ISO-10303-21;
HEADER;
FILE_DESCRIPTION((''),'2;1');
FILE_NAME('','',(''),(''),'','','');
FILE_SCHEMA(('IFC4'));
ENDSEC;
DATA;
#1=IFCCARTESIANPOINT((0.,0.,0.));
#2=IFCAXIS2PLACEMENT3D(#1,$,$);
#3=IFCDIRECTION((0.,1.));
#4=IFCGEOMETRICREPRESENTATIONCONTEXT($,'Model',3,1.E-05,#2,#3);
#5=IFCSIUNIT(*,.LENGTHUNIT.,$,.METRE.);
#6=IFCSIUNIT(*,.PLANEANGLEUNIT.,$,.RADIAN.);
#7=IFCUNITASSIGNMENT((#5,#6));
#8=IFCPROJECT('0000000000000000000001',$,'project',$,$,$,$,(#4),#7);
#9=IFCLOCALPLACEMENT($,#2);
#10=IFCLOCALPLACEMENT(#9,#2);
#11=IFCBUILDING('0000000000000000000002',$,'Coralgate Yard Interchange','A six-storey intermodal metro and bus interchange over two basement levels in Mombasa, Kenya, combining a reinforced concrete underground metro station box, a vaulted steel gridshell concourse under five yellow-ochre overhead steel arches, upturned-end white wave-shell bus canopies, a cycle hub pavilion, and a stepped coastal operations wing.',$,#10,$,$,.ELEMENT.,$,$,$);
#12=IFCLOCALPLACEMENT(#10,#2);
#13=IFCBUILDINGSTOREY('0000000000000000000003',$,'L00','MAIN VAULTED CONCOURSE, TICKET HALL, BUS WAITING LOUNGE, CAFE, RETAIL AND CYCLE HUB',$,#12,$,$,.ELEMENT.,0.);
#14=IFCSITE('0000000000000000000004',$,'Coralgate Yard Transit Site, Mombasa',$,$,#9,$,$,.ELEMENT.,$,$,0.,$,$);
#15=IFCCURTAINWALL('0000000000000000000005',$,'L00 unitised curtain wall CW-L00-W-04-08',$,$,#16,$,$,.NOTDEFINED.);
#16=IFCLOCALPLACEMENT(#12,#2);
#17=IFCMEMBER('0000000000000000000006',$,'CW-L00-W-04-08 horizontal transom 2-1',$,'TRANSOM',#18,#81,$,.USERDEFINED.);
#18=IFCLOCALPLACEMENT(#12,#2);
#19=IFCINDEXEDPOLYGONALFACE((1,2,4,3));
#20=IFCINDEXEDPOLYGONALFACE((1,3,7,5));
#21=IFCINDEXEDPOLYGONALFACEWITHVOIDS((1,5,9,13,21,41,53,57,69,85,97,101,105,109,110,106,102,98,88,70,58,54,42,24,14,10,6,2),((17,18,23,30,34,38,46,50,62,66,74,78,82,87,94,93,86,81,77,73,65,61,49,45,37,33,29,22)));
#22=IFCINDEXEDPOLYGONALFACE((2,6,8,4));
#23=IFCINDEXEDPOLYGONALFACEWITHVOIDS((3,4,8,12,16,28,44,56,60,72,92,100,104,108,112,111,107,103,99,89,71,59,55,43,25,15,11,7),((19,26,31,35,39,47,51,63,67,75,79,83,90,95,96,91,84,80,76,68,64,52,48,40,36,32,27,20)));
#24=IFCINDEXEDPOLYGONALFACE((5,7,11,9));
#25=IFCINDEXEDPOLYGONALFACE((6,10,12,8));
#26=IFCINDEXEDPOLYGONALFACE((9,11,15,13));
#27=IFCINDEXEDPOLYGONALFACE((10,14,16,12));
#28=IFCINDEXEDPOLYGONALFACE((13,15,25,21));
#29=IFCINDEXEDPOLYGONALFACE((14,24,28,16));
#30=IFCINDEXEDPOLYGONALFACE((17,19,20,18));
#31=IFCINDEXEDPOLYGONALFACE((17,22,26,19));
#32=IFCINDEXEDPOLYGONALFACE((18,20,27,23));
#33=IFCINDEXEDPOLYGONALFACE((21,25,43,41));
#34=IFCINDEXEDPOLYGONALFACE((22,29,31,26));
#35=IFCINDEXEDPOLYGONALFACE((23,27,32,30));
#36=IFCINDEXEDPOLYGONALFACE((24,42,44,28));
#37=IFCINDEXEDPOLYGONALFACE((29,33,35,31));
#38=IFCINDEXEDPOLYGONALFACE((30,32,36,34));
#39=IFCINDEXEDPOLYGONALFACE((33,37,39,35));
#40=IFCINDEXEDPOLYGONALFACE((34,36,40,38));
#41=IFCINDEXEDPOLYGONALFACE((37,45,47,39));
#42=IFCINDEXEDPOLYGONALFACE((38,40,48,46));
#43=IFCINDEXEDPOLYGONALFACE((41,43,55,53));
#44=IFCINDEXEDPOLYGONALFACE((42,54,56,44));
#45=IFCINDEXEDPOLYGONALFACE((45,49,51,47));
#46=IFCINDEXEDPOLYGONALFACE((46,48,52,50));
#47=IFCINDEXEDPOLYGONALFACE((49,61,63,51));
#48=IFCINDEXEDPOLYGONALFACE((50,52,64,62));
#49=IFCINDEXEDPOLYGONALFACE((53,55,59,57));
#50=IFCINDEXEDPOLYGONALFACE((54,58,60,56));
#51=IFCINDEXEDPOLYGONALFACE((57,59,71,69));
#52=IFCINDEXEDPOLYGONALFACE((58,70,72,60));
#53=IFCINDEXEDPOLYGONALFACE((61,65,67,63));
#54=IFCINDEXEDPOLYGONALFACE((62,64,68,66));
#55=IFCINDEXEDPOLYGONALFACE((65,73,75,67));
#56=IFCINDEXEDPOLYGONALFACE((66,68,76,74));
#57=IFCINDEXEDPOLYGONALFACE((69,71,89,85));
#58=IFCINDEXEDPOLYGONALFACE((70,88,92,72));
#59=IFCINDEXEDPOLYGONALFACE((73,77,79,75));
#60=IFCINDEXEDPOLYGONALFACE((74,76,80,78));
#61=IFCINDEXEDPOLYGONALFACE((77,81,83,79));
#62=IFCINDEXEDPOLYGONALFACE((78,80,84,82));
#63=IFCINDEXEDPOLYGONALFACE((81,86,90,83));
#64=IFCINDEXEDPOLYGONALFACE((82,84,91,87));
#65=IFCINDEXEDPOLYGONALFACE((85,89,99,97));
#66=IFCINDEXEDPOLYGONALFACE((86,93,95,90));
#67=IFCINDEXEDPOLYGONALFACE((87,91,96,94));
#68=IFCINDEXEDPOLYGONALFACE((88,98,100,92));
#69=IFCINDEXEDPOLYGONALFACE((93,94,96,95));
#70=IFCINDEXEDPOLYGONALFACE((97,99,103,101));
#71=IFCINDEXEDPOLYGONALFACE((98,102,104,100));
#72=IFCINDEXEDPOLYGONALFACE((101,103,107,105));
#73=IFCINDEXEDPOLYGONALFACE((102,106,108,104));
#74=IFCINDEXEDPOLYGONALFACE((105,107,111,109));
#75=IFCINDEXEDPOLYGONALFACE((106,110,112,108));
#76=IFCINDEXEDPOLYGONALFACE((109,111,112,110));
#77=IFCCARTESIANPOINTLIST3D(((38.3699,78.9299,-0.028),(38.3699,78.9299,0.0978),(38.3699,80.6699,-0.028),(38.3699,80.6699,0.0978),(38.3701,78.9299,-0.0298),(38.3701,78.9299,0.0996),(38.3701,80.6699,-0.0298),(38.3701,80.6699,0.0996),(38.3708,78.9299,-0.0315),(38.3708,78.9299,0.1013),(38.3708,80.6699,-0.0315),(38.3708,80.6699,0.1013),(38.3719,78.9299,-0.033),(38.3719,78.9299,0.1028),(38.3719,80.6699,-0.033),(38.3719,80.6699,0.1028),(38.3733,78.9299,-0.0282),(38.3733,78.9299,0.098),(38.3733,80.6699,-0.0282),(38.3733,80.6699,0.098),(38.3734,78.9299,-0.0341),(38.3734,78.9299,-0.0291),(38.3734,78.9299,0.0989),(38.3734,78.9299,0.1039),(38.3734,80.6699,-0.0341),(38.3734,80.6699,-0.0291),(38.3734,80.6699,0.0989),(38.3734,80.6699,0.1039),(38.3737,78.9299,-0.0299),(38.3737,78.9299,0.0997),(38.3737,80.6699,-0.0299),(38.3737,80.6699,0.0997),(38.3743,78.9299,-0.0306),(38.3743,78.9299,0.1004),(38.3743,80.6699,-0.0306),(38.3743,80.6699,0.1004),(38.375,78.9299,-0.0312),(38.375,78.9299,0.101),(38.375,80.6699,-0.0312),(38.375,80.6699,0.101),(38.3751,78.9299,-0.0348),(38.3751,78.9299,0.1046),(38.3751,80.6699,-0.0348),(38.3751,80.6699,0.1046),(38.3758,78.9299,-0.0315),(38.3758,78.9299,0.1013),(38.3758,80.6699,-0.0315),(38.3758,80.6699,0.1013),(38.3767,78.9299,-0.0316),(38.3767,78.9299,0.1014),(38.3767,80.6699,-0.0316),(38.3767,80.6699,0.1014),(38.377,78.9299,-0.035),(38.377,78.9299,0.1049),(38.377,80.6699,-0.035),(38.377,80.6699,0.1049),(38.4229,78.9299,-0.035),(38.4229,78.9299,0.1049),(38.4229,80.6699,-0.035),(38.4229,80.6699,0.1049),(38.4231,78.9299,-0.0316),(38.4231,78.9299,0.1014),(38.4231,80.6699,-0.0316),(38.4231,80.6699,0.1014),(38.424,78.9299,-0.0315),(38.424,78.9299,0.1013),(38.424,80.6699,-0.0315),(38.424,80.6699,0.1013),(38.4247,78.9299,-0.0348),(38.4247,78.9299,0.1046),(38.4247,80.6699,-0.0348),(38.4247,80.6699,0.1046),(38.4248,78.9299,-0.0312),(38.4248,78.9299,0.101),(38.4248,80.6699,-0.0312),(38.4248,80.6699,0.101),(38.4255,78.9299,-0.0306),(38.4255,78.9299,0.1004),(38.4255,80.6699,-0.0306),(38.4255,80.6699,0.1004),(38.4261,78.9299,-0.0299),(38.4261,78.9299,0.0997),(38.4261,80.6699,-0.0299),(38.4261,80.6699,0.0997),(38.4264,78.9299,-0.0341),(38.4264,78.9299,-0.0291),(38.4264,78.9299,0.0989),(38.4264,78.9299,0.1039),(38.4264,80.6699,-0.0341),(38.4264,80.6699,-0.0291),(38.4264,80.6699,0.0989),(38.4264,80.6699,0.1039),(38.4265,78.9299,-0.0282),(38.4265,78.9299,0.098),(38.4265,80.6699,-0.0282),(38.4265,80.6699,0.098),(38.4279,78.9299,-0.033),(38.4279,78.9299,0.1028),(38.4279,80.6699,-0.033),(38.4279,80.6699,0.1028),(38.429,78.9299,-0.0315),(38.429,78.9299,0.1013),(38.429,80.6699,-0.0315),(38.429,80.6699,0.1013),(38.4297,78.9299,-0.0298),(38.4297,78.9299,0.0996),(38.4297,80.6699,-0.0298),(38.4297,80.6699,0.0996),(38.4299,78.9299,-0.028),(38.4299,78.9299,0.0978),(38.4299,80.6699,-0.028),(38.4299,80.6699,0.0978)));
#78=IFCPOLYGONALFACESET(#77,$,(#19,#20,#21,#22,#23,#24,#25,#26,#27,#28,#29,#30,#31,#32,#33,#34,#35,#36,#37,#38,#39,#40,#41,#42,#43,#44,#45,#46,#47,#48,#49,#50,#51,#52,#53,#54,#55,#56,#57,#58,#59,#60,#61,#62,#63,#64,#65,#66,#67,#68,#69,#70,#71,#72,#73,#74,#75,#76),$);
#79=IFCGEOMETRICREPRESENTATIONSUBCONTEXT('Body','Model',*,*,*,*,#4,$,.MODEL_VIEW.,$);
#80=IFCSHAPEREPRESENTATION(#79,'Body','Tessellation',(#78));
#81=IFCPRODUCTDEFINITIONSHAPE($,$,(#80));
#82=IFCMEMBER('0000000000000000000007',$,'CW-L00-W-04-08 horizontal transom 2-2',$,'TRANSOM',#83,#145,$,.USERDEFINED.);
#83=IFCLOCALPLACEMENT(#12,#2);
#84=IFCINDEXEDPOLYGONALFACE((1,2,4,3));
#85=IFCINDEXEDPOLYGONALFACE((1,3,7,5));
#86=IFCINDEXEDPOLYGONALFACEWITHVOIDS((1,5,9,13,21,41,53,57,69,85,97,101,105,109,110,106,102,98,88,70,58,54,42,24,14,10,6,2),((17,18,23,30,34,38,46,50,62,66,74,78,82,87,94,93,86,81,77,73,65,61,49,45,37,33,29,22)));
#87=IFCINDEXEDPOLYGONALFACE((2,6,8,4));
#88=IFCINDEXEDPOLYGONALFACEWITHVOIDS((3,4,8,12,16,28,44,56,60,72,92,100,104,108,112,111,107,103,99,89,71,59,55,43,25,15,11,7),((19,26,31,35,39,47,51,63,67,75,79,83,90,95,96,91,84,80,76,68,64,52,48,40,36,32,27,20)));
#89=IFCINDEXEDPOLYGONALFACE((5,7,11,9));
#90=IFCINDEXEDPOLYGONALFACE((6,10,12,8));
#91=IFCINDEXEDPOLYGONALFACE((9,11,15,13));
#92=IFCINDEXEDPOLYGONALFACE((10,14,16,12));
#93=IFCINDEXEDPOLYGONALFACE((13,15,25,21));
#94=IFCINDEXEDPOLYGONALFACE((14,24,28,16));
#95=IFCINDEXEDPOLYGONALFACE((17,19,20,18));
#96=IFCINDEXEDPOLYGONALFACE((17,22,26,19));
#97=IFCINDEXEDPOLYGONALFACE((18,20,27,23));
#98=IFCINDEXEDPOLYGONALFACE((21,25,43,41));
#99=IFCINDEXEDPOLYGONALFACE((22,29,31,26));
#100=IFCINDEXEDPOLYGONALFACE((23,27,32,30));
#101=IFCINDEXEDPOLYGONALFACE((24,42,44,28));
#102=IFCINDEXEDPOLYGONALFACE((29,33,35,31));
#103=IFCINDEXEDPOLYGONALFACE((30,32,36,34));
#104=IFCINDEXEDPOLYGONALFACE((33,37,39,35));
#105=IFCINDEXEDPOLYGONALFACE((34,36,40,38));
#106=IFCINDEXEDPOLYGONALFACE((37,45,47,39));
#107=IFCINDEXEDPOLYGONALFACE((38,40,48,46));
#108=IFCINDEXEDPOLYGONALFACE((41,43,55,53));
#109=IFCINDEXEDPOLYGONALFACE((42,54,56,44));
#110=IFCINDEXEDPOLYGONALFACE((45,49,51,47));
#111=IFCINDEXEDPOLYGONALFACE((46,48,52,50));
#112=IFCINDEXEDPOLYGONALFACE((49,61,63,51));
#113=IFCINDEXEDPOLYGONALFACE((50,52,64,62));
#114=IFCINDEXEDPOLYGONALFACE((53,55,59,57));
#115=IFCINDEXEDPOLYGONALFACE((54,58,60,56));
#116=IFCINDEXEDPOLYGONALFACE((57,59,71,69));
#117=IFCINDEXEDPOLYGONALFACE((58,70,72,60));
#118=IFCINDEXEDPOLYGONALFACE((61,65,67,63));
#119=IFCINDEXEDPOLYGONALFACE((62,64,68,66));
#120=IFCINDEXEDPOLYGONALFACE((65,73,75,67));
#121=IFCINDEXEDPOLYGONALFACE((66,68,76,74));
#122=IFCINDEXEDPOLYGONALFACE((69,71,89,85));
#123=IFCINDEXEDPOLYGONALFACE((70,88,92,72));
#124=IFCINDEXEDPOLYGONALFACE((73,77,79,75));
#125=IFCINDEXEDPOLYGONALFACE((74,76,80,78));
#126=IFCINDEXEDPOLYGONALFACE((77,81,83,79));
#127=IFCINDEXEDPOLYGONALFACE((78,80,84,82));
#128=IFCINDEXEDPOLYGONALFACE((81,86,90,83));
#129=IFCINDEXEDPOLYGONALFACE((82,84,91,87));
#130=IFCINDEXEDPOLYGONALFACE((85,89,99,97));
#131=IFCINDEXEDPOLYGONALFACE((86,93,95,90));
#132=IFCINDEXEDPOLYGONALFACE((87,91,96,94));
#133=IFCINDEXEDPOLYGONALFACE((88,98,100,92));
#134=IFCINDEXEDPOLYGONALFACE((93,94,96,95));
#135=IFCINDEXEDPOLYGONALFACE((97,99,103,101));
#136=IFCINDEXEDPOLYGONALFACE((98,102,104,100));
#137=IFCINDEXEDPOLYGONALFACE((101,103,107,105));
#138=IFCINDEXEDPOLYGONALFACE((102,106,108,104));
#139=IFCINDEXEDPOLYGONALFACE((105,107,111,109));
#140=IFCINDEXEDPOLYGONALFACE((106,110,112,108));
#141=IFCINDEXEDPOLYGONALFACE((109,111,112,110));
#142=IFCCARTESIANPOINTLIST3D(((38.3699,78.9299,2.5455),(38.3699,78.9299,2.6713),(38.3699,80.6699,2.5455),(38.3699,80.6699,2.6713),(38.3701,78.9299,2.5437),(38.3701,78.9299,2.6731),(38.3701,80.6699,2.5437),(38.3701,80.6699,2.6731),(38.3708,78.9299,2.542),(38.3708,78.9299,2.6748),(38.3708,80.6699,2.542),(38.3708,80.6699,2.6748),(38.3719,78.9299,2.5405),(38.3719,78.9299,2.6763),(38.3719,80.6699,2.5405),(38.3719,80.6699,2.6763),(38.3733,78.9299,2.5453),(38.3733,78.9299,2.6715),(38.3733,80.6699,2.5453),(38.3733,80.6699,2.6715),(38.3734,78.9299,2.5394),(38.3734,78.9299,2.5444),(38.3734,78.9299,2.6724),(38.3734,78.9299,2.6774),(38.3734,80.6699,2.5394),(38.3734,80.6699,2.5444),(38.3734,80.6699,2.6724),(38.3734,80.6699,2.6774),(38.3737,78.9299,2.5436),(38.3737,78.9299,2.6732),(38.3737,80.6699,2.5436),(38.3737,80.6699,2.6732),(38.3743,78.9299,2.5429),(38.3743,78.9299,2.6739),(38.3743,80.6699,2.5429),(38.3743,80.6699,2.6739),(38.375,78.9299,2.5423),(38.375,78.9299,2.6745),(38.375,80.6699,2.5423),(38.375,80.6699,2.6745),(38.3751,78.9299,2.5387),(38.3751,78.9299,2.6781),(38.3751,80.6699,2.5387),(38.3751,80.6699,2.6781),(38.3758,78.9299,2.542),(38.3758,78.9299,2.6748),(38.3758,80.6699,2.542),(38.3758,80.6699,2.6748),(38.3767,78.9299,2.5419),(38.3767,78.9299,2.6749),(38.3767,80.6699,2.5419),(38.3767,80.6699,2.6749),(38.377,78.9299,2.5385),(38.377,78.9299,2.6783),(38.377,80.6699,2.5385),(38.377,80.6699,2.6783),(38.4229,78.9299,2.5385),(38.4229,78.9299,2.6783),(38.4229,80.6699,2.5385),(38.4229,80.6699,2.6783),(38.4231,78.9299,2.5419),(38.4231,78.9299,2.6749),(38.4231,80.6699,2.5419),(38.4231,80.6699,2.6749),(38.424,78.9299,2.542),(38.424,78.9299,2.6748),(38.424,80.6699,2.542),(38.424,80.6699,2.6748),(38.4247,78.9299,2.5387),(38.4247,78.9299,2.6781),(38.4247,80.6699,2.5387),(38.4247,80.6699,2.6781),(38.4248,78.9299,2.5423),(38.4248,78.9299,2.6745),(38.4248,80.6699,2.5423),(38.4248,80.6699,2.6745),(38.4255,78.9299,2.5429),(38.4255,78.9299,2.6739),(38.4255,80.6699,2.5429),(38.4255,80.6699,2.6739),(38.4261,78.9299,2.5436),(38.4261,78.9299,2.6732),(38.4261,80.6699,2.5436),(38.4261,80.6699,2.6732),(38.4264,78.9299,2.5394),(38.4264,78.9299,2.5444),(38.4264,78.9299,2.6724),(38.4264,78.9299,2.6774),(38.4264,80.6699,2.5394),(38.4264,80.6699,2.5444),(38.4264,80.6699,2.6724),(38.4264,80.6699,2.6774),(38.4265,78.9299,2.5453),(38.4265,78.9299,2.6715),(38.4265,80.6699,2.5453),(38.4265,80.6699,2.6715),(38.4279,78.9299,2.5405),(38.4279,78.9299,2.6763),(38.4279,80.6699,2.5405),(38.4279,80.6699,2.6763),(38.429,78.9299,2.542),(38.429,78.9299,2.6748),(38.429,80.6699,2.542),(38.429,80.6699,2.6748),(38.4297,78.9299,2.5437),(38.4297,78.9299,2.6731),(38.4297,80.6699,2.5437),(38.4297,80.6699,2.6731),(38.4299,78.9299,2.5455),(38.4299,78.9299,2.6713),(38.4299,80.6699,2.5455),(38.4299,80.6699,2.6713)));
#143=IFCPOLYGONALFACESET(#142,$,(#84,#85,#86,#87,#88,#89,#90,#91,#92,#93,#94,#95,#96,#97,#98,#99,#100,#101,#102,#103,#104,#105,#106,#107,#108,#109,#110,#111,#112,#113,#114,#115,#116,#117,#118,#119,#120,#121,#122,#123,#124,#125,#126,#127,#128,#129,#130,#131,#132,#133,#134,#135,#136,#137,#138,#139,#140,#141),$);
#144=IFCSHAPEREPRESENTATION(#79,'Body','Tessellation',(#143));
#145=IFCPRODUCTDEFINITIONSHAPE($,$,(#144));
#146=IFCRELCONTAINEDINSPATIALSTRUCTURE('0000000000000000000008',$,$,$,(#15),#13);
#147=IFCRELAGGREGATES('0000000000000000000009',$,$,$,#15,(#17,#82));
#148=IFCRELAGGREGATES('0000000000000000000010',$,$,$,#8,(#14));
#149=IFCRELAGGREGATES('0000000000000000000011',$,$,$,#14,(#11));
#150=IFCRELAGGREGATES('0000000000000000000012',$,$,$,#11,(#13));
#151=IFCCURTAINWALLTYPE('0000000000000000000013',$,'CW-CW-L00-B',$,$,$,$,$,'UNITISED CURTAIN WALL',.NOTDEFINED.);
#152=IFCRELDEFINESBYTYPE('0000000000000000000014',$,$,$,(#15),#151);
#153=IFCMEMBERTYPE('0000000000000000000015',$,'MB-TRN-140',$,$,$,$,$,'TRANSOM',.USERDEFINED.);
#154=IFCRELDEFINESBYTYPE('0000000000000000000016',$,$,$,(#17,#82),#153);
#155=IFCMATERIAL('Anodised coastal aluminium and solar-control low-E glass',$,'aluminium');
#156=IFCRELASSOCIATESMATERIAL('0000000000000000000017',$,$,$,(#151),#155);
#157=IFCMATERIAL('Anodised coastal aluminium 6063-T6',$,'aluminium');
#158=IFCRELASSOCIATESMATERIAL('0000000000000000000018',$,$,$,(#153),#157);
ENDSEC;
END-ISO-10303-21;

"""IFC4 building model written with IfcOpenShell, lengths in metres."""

from ifc_helpers import new_model, si_unit, direction, frame, origin, origin_2d, place, context, subcontext, project, spatial, hollow_rectangle, extrude, material, material_profile, profile_set, type_object, element, aggregate, save


model = new_model("IFC4")

# Units and contexts
model_context = context("Model", 3, precision=1e-05, world=origin(), true_north=direction((0.0, 1.0)))
body_context = subcontext(model_context, "Body", "Model", "MODEL_VIEW")
ifc_project = project(units=[si_unit("LENGTHUNIT", "METRE"), si_unit("PLANEANGLEUNIT", "RADIAN")], contexts=[model_context])

# Site, building, storey
site_placement = place(None, origin())
site = spatial("IfcSite", under=ifc_project, at=site_placement, Name="Coralgate Yard Transit Site, Mombasa", CompositionType="ELEMENT", RefElevation=0.0)
building_placement = place(site_placement, origin())
building = spatial("IfcBuilding", under=site, at=building_placement, Name="Coralgate Yard Interchange", Description="A six-storey intermodal metro and bus interchange over two basement levels in Mombasa, Kenya, combining a reinforced concrete underground metro station box, a vaulted steel gridshell concourse under five yellow-ochre overhead steel arches, upturned-end white wave-shell bus canopies, a cycle hub pavilion, and a stepped coastal operations wing.", CompositionType="ELEMENT")
storey_placement = place(building_placement, origin())
storey = spatial("IfcBuildingStorey", under=building, at=storey_placement, Name="L00", Description="MAIN VAULTED CONCOURSE, TICKET HALL, BUS WAITING LOUNGE, CAFE, RETAIL AND CYCLE HUB", CompositionType="ELEMENT", Elevation=0.0)

# Curtain wall, members
ifc_material_1 = material(Name="Anodised coastal aluminium and solar-control low-E glass", Category="aluminium")
curtain_wall_type = type_object("IfcCurtainWallType", Name="CW-CW-L00-B", ElementType="UNITISED CURTAIN WALL", PredefinedType="NOTDEFINED", material=ifc_material_1)
curtain_wall_placement = place(storey_placement, origin())
curtain_wall = element("IfcCurtainWall", 1, at=curtain_wall_placement, inside=storey, type_object=curtain_wall_type, Name="L00 unitised curtain wall CW-L00-W-04-08", PredefinedType="NOTDEFINED")
ifc_material_2 = material(Name="Anodised coastal aluminium 6063-T6", Category="aluminium")
ifc_material_profile_1 = material_profile(ifc_material_2, hollow_rectangle(XDim=0.0601, YDim=0.1399, WallThickness=0.0034, InnerFilletRadius=0.0034, OuterFilletRadius=0.0071, at=origin_2d()), Name="ALU 60x140x3.5")
ifc_profile_set_1 = profile_set([ifc_material_profile_1], Name="Anodised coastal aluminium 6063-T6")
member_type_1 = type_object("IfcMemberType", Name="MB-TRN-140", ElementType="TRANSOM", PredefinedType="USERDEFINED", material=ifc_profile_set_1)
member_1_placement = place(storey_placement, frame((38.3999, 78.9299, 0.0349), z_axis=(0.0, 1.0, 0.0), x_axis=(-1.0, 0.0, 0.0)))
member_1 = element("IfcMember", 2, at=member_1_placement, type_object=member_type_1, Name="CW-L00-W-04-08 horizontal transom 2-1", ObjectType="TRANSOM", PredefinedType="USERDEFINED", context=body_context, shape_type="SweptSolid", body=[
    extrude(hollow_rectangle(XDim=0.0601, YDim=0.1399, WallThickness=0.0034, InnerFilletRadius=0.0034, OuterFilletRadius=0.0071, at=origin_2d()), origin(), (0.0, 0.0, 1.0), 1.74),
])
member_2_placement = place(storey_placement, frame((38.3999, 78.9299, 2.6084), z_axis=(0.0, 1.0, 0.0), x_axis=(-1.0, 0.0, 0.0)))
member_2 = element("IfcMember", 3, at=member_2_placement, type_object=member_type_1, Name="CW-L00-W-04-08 horizontal transom 2-2", ObjectType="TRANSOM", PredefinedType="USERDEFINED", context=body_context, shape_type="SweptSolid", body=[
    extrude(hollow_rectangle(XDim=0.0601, YDim=0.1399, WallThickness=0.0034, InnerFilletRadius=0.0034, OuterFilletRadius=0.0071, at=origin_2d()), origin(), (0.0, 0.0, 1.0), 1.74),
])
aggregate(curtain_wall, [member_1, member_2])

save(model, "model.ifc")
